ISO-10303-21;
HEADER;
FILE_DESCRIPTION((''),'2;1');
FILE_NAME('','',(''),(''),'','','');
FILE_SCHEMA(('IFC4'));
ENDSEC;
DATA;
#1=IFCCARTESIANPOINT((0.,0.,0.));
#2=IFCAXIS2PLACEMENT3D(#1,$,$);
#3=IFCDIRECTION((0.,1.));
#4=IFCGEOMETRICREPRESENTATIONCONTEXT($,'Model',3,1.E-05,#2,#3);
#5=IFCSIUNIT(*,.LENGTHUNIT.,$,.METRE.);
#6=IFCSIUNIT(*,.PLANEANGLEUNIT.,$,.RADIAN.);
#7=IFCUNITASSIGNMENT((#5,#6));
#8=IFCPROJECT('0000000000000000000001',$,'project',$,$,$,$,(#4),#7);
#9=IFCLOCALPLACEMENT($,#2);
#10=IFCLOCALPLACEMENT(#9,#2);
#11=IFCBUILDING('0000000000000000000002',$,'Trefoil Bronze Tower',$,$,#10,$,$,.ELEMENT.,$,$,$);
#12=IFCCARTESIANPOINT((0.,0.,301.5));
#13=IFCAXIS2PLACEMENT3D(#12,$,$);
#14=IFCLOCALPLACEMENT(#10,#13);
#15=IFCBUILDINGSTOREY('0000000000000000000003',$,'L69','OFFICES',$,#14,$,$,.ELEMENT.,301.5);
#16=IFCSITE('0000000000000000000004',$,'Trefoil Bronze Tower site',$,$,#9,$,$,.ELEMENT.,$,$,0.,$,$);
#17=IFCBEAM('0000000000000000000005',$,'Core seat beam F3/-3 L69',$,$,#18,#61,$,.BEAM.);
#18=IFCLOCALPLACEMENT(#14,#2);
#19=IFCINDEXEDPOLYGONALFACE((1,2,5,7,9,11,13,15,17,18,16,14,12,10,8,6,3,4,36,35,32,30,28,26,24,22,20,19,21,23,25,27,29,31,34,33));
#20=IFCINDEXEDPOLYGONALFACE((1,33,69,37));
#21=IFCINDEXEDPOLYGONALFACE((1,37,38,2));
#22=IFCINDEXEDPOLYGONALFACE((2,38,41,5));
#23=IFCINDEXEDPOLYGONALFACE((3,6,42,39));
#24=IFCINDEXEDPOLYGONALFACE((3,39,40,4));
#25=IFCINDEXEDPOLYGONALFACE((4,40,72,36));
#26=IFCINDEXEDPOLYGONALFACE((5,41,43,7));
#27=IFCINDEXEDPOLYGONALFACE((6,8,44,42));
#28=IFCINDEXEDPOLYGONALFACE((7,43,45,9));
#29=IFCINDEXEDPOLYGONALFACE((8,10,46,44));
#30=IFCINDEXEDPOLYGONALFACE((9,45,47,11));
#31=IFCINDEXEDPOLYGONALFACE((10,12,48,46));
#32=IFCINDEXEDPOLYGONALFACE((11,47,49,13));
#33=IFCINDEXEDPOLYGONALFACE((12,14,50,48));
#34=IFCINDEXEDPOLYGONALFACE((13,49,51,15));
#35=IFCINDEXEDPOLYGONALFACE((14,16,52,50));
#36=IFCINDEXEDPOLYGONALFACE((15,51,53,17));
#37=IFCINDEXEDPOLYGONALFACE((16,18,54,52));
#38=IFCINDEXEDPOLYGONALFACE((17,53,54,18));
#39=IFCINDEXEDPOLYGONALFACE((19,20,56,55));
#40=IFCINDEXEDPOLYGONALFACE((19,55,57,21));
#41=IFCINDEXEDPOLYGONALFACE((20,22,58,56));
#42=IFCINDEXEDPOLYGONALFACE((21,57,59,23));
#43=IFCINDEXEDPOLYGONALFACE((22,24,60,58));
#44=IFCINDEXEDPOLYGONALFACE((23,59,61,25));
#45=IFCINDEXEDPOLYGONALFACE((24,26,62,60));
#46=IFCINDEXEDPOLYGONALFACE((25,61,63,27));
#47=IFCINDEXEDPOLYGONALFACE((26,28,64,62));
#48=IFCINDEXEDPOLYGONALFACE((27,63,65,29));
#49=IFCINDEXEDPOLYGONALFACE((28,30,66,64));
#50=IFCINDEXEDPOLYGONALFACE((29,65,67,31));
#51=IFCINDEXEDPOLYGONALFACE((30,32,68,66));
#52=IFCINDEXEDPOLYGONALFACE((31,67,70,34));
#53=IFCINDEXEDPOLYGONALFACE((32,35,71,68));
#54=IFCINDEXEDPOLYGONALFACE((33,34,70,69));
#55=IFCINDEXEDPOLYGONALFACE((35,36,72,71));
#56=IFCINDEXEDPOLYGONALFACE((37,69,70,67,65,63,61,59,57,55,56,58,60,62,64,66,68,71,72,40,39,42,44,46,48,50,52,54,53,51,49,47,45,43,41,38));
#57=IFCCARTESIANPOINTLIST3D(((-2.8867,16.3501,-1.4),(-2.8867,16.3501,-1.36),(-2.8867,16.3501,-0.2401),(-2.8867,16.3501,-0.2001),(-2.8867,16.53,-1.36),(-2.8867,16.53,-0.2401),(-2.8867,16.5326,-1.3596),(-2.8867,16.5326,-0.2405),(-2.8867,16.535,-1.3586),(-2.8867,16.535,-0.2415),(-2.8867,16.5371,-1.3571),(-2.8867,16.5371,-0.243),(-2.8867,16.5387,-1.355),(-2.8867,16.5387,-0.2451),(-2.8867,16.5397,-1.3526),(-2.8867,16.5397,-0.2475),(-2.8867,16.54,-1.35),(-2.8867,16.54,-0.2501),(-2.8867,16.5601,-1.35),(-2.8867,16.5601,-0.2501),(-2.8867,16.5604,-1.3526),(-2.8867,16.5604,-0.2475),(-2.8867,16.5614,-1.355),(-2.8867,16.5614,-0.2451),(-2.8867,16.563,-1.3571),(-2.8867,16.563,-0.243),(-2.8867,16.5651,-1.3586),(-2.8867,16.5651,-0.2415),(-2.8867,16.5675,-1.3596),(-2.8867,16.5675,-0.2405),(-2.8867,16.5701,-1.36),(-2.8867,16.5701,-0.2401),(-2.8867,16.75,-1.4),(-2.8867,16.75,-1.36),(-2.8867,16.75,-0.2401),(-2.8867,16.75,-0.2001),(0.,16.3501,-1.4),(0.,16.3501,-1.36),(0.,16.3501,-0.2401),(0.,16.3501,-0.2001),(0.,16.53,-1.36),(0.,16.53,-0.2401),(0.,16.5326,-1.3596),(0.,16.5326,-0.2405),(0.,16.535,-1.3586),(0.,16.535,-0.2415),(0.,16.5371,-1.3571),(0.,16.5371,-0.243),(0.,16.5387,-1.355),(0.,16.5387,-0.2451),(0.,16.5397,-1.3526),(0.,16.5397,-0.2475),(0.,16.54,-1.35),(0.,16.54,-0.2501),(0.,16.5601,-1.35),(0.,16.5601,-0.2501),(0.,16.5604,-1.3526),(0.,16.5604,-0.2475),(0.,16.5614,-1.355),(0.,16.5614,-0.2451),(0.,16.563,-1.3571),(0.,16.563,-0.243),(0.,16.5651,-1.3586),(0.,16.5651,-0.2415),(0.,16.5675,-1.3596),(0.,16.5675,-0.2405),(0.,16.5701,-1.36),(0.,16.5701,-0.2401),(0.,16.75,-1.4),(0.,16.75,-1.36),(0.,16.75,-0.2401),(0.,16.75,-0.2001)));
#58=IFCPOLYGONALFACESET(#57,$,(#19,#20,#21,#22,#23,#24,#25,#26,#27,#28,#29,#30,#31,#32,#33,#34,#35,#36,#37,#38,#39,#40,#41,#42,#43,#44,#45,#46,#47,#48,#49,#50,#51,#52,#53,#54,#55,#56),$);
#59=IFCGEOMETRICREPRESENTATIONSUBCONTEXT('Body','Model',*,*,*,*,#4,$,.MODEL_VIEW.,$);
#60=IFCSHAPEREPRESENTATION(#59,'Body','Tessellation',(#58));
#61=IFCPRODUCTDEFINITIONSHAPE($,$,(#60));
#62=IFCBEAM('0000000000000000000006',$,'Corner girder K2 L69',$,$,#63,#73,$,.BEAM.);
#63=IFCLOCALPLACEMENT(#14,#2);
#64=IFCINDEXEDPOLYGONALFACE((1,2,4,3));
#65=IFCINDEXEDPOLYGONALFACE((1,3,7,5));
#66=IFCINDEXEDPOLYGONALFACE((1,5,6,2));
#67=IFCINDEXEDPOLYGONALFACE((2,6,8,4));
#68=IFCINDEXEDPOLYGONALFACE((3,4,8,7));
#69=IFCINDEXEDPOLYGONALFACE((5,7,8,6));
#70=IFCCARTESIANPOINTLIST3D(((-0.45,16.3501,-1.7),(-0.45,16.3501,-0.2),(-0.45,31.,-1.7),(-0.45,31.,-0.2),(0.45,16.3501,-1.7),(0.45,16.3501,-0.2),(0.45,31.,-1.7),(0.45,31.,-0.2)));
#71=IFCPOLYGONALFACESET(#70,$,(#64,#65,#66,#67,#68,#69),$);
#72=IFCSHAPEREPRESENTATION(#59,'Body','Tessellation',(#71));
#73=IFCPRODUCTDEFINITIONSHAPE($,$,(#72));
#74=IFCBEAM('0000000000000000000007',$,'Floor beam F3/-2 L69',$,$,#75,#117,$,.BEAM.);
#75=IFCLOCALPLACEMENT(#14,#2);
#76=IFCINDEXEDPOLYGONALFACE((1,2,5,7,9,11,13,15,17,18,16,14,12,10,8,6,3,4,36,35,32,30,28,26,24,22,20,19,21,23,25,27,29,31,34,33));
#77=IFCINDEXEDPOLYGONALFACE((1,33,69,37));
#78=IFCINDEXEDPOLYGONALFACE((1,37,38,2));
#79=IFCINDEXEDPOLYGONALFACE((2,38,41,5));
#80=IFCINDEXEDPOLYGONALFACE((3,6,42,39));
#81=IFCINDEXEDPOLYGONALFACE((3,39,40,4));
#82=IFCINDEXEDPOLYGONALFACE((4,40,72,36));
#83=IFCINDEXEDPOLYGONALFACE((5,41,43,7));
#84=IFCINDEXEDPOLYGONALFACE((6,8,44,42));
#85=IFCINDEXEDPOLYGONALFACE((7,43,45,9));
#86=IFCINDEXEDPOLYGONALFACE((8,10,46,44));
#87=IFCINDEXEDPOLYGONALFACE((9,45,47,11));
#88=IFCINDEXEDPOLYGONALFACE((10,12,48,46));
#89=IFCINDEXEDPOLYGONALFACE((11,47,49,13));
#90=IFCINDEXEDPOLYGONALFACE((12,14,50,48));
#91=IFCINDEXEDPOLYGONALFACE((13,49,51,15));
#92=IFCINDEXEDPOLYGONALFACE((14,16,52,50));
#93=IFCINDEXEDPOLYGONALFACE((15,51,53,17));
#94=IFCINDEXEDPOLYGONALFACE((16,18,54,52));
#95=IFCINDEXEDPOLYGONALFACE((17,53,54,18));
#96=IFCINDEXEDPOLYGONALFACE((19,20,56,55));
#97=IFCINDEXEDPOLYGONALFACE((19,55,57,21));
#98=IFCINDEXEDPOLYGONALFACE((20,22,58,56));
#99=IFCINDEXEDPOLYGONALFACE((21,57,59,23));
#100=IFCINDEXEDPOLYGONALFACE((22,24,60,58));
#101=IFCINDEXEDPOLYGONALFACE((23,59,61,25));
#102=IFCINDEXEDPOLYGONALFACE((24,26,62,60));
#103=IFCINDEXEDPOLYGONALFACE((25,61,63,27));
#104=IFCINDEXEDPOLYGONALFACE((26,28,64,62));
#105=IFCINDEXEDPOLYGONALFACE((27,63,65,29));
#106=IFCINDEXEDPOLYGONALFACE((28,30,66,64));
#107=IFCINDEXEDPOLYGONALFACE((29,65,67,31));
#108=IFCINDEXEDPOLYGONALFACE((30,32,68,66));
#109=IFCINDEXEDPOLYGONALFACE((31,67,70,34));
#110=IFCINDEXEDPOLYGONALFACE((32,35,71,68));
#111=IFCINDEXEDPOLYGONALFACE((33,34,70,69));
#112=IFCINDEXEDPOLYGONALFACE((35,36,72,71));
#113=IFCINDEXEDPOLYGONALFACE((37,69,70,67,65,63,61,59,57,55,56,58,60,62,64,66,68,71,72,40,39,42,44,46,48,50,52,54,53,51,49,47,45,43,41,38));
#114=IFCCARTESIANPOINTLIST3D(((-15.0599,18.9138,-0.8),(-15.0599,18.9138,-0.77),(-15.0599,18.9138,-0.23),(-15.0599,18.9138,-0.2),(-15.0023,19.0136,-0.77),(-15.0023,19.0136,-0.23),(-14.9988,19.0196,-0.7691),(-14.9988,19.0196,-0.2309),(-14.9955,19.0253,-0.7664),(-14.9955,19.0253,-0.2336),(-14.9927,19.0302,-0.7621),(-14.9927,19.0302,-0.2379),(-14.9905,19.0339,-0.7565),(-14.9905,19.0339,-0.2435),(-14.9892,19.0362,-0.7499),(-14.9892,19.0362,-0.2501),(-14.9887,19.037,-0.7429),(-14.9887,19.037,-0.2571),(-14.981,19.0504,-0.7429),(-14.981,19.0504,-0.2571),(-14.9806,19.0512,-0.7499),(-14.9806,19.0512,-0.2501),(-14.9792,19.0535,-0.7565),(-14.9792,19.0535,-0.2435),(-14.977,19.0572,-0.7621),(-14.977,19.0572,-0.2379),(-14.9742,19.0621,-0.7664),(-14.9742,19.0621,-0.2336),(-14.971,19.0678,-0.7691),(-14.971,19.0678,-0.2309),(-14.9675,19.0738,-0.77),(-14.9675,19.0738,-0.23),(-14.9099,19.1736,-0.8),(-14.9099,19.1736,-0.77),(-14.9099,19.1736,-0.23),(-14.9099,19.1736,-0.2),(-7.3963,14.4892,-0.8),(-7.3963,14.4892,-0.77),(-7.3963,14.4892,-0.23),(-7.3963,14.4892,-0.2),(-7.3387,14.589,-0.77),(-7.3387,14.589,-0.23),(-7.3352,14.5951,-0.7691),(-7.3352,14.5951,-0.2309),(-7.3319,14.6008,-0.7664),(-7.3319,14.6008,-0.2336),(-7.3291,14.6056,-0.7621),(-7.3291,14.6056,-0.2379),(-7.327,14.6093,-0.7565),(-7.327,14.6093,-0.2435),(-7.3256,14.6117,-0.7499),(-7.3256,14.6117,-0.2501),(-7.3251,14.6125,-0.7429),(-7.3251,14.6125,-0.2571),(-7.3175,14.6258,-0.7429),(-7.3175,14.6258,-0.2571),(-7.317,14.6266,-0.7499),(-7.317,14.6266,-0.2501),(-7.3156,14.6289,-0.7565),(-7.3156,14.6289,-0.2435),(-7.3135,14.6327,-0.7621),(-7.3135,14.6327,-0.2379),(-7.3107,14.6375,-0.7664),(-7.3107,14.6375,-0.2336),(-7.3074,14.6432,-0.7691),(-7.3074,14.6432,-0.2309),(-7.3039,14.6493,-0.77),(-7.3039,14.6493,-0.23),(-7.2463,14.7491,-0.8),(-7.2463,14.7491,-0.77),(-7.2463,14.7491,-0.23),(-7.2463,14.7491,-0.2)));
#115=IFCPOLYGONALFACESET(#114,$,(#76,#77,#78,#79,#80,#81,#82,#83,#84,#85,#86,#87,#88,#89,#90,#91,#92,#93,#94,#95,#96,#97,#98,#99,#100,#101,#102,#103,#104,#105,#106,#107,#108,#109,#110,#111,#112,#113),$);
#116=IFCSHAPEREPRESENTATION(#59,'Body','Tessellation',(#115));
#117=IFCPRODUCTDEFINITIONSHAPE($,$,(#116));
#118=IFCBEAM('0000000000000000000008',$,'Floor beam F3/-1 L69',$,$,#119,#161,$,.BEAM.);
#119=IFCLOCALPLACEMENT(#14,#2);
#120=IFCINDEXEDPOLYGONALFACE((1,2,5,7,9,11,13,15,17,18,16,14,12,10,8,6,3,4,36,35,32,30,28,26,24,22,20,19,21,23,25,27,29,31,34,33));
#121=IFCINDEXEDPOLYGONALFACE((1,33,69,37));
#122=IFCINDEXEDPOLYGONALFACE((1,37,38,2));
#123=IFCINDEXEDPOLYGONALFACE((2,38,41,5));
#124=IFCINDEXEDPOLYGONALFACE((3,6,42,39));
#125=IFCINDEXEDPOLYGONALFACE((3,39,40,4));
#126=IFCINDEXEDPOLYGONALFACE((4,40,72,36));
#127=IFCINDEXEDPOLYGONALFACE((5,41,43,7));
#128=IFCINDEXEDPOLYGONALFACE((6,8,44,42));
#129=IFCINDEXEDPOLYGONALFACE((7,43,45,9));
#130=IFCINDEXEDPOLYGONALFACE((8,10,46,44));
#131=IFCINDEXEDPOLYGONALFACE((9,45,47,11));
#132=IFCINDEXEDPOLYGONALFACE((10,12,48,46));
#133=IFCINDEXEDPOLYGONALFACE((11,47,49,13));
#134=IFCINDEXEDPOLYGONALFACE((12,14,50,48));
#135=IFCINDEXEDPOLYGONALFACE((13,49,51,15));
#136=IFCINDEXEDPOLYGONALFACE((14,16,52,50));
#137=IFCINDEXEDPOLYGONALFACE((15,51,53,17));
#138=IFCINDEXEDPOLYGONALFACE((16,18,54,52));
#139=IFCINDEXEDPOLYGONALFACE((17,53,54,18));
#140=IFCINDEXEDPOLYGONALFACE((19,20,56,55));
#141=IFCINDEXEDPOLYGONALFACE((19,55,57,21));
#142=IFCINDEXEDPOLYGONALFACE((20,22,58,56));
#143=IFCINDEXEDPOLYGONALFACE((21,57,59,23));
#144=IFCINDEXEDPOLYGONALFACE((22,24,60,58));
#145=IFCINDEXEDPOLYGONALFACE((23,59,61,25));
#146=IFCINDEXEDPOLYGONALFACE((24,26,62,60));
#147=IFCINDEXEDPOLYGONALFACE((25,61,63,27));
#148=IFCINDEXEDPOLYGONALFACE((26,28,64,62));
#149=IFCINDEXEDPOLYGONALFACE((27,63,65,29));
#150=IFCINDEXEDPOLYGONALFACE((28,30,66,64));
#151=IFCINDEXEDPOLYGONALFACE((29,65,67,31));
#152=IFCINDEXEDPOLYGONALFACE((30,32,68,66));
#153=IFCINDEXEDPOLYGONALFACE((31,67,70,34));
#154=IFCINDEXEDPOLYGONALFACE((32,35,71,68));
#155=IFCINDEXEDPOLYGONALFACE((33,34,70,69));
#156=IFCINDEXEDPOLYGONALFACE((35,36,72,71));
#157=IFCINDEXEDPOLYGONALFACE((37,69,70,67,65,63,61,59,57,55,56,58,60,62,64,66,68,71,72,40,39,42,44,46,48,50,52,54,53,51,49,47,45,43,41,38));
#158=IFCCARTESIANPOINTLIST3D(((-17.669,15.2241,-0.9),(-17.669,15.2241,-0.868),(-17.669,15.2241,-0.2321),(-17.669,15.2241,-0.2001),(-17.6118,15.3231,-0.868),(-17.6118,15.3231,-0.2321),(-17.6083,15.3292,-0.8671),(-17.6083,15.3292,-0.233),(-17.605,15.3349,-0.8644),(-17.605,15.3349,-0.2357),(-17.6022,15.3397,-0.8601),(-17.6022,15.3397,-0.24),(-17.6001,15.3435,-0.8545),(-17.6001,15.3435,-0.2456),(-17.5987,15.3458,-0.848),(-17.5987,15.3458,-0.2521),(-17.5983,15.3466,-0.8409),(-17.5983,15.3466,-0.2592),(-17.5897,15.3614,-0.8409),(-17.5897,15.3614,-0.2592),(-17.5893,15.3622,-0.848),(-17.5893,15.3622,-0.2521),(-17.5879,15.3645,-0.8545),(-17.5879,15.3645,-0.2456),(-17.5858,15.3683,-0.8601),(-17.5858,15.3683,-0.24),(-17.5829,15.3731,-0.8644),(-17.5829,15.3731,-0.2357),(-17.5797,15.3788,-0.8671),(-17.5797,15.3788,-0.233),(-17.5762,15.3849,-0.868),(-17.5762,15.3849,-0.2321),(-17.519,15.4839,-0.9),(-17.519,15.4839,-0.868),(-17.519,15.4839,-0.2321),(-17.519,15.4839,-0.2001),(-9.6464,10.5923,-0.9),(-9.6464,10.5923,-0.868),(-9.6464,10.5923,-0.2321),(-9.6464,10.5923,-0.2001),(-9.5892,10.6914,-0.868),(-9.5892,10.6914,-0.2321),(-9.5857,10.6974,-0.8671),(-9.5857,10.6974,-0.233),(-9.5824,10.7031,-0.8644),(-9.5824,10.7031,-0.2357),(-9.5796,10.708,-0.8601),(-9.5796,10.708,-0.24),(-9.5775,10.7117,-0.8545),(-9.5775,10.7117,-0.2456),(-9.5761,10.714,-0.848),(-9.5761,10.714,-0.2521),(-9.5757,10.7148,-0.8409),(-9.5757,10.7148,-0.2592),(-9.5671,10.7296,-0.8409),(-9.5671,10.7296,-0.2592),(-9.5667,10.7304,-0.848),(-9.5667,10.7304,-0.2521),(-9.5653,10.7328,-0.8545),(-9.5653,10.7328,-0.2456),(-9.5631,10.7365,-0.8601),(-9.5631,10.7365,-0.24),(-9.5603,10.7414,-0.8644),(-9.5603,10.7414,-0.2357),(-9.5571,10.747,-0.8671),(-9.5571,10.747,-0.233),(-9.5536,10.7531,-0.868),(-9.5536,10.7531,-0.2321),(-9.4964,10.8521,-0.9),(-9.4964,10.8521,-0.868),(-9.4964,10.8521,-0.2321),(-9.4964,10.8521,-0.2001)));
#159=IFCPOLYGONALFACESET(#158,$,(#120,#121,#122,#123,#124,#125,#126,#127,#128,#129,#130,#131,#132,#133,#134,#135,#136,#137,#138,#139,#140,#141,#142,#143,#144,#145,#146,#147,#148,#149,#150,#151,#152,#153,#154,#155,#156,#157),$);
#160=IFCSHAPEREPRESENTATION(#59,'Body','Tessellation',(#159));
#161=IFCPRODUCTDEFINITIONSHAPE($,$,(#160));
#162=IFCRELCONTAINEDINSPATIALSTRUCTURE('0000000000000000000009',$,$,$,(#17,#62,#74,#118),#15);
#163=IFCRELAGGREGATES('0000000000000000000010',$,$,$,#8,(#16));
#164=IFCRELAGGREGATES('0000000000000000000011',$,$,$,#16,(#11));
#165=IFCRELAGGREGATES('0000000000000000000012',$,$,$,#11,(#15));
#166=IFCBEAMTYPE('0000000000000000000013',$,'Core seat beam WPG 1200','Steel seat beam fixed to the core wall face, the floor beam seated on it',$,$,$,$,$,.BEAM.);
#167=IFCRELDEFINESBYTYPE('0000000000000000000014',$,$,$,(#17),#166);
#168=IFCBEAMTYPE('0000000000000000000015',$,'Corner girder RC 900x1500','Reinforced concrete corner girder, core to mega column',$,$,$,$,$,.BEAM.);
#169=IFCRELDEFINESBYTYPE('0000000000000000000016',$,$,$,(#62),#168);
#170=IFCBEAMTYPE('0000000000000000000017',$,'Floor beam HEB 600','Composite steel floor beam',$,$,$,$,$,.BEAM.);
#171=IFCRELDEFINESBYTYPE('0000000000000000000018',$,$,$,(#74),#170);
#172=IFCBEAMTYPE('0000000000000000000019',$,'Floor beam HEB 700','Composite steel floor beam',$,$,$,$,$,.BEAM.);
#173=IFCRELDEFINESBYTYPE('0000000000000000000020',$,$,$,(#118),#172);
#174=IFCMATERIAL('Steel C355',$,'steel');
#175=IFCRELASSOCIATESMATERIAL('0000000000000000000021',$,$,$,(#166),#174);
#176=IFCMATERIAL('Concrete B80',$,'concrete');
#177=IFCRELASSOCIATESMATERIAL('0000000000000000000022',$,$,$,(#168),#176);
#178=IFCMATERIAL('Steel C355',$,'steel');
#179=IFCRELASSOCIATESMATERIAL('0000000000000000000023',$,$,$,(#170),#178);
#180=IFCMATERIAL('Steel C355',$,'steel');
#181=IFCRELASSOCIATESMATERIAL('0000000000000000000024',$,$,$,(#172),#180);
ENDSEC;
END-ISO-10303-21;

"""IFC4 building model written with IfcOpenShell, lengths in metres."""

from ifc_helpers import new_model, si_unit, direction, frame, origin, origin_2d, place, context, subcontext, project, spatial, rectangle, i_section, extrude, material, material_profile, profile_set, type_object, element, save


model = new_model("IFC4")

# Units and contexts
model_context = context("Model", 3, precision=1e-05, world=origin(), true_north=direction((0.0, 1.0)))
body_context = subcontext(model_context, "Body", "Model", "MODEL_VIEW")
ifc_project = project(units=[si_unit("LENGTHUNIT", "METRE"), si_unit("PLANEANGLEUNIT", "RADIAN")], contexts=[model_context])

# Site, building, storey
site_placement = place(None, origin())
site = spatial("IfcSite", under=ifc_project, at=site_placement, Name="Trefoil Bronze Tower site", CompositionType="ELEMENT", RefElevation=0.0)
building_placement = place(site_placement, origin())
building = spatial("IfcBuilding", under=site, at=building_placement, Name="Trefoil Bronze Tower", CompositionType="ELEMENT")
storey_placement = place(building_placement, frame((0.0, 0.0, 301.5)))
storey = spatial("IfcBuildingStorey", under=building, at=storey_placement, Name="L69", Description="OFFICES", CompositionType="ELEMENT", Elevation=301.5)

# Beams
ifc_material_1 = material(Name="Steel C355", Category="steel")
ifc_material_profile_1 = material_profile(ifc_material_1, i_section(OverallWidth=0.3999, OverallDepth=1.2, WebThickness=0.02, FlangeThickness=0.04, FilletRadius=0.01, at=origin_2d()), Name="WPG 1200")
ifc_profile_set_1 = profile_set([ifc_material_profile_1], Name="Steel C355")
beam_type_1 = type_object("IfcBeamType", Name="Core seat beam WPG 1200", Description="Steel seat beam fixed to the core wall face, the floor beam seated on it", PredefinedType="BEAM", material=ifc_profile_set_1)
beam_1_placement = place(storey_placement, frame((0.0, 16.55, -0.8), z_axis=(-1.0, 0.0, 0.0), x_axis=(0.0, -1.0, 0.0)))
element("IfcBeam", 1, at=beam_1_placement, inside=storey, type_object=beam_type_1, Name="Core seat beam F3/-3 L69", PredefinedType="BEAM", context=body_context, shape_type="SweptSolid", body=[
    extrude(i_section(OverallWidth=0.3999, OverallDepth=1.2, WebThickness=0.02, FlangeThickness=0.04, FilletRadius=0.01, at=origin_2d()), origin(), (0.0, 0.0, 1.0), 2.8867),
])
ifc_material_2 = material(Name="Concrete B80", Category="concrete")
ifc_material_profile_2 = material_profile(ifc_material_2, rectangle(XDim=0.8999, YDim=1.5, at=origin_2d()), Name="RC 900x1500")
ifc_profile_set_2 = profile_set([ifc_material_profile_2], Name="Concrete B80")
beam_type_2 = type_object("IfcBeamType", Name="Corner girder RC 900x1500", Description="Reinforced concrete corner girder, core to mega column", PredefinedType="BEAM", material=ifc_profile_set_2)
beam_2_placement = place(storey_placement, frame((0.0, 16.3501, -0.95), z_axis=(0.0, 1.0, 0.0), x_axis=(-1.0, 0.0, 0.0)))
element("IfcBeam", 2, at=beam_2_placement, inside=storey, type_object=beam_type_2, Name="Corner girder K2 L69", PredefinedType="BEAM", context=body_context, shape_type="SweptSolid", body=[
    extrude(rectangle(XDim=0.8999, YDim=1.5, at=origin_2d()), origin(), (0.0, 0.0, 1.0), 14.6499),
])
ifc_material_3 = material(Name="Steel C355", Category="steel")
ifc_material_profile_3 = material_profile(ifc_material_3, i_section(OverallWidth=0.3, OverallDepth=0.6001, WebThickness=0.0154, FlangeThickness=0.03, FilletRadius=0.0271, at=origin_2d()), Name="HEB 600")
ifc_profile_set_3 = profile_set([ifc_material_profile_3], Name="Steel C355")
beam_type_3 = type_object("IfcBeamType", Name="Floor beam HEB 600", Description="Composite steel floor beam", PredefinedType="BEAM", material=ifc_profile_set_3)
beam_3_placement = place(storey_placement, frame((-14.9849, 19.0437, -0.5), z_axis=(0.866026, -0.499999, 0.0), x_axis=(0.499999, 0.866026, 0.0)))
element("IfcBeam", 3, at=beam_3_placement, inside=storey, type_object=beam_type_3, Name="Floor beam F3/-2 L69", PredefinedType="BEAM", context=body_context, shape_type="SweptSolid", body=[
    extrude(i_section(OverallWidth=0.3, OverallDepth=0.6001, WebThickness=0.0154, FlangeThickness=0.03, FilletRadius=0.0271, at=origin_2d()), origin(), (0.0, 0.0, 1.0), 8.8491),
])
ifc_material_4 = material(Name="Steel C355", Category="steel")
ifc_material_profile_4 = material_profile(ifc_material_4, i_section(OverallWidth=0.3, OverallDepth=0.7, WebThickness=0.0171, FlangeThickness=0.032, FilletRadius=0.0271, at=origin_2d()), Name="HEB 700")
ifc_profile_set_4 = profile_set([ifc_material_profile_4], Name="Steel C355")
beam_type_4 = type_object("IfcBeamType", Name="Floor beam HEB 700", Description="Composite steel floor beam", PredefinedType="BEAM", material=ifc_profile_set_4)
beam_4_placement = place(storey_placement, frame((-17.594, 15.354, -0.55), z_axis=(0.866029, -0.499994, 0.0), x_axis=(0.499994, 0.866029, 0.0)))
element("IfcBeam", 4, at=beam_4_placement, inside=storey, type_object=beam_type_4, Name="Floor beam F3/-1 L69", PredefinedType="BEAM", context=body_context, shape_type="SweptSolid", body=[
    extrude(i_section(OverallWidth=0.3, OverallDepth=0.7, WebThickness=0.0171, FlangeThickness=0.032, FilletRadius=0.0271, at=origin_2d()), origin(), (0.0, 0.0, 1.0), 9.2637),
])

save(model, "model.ifc")
